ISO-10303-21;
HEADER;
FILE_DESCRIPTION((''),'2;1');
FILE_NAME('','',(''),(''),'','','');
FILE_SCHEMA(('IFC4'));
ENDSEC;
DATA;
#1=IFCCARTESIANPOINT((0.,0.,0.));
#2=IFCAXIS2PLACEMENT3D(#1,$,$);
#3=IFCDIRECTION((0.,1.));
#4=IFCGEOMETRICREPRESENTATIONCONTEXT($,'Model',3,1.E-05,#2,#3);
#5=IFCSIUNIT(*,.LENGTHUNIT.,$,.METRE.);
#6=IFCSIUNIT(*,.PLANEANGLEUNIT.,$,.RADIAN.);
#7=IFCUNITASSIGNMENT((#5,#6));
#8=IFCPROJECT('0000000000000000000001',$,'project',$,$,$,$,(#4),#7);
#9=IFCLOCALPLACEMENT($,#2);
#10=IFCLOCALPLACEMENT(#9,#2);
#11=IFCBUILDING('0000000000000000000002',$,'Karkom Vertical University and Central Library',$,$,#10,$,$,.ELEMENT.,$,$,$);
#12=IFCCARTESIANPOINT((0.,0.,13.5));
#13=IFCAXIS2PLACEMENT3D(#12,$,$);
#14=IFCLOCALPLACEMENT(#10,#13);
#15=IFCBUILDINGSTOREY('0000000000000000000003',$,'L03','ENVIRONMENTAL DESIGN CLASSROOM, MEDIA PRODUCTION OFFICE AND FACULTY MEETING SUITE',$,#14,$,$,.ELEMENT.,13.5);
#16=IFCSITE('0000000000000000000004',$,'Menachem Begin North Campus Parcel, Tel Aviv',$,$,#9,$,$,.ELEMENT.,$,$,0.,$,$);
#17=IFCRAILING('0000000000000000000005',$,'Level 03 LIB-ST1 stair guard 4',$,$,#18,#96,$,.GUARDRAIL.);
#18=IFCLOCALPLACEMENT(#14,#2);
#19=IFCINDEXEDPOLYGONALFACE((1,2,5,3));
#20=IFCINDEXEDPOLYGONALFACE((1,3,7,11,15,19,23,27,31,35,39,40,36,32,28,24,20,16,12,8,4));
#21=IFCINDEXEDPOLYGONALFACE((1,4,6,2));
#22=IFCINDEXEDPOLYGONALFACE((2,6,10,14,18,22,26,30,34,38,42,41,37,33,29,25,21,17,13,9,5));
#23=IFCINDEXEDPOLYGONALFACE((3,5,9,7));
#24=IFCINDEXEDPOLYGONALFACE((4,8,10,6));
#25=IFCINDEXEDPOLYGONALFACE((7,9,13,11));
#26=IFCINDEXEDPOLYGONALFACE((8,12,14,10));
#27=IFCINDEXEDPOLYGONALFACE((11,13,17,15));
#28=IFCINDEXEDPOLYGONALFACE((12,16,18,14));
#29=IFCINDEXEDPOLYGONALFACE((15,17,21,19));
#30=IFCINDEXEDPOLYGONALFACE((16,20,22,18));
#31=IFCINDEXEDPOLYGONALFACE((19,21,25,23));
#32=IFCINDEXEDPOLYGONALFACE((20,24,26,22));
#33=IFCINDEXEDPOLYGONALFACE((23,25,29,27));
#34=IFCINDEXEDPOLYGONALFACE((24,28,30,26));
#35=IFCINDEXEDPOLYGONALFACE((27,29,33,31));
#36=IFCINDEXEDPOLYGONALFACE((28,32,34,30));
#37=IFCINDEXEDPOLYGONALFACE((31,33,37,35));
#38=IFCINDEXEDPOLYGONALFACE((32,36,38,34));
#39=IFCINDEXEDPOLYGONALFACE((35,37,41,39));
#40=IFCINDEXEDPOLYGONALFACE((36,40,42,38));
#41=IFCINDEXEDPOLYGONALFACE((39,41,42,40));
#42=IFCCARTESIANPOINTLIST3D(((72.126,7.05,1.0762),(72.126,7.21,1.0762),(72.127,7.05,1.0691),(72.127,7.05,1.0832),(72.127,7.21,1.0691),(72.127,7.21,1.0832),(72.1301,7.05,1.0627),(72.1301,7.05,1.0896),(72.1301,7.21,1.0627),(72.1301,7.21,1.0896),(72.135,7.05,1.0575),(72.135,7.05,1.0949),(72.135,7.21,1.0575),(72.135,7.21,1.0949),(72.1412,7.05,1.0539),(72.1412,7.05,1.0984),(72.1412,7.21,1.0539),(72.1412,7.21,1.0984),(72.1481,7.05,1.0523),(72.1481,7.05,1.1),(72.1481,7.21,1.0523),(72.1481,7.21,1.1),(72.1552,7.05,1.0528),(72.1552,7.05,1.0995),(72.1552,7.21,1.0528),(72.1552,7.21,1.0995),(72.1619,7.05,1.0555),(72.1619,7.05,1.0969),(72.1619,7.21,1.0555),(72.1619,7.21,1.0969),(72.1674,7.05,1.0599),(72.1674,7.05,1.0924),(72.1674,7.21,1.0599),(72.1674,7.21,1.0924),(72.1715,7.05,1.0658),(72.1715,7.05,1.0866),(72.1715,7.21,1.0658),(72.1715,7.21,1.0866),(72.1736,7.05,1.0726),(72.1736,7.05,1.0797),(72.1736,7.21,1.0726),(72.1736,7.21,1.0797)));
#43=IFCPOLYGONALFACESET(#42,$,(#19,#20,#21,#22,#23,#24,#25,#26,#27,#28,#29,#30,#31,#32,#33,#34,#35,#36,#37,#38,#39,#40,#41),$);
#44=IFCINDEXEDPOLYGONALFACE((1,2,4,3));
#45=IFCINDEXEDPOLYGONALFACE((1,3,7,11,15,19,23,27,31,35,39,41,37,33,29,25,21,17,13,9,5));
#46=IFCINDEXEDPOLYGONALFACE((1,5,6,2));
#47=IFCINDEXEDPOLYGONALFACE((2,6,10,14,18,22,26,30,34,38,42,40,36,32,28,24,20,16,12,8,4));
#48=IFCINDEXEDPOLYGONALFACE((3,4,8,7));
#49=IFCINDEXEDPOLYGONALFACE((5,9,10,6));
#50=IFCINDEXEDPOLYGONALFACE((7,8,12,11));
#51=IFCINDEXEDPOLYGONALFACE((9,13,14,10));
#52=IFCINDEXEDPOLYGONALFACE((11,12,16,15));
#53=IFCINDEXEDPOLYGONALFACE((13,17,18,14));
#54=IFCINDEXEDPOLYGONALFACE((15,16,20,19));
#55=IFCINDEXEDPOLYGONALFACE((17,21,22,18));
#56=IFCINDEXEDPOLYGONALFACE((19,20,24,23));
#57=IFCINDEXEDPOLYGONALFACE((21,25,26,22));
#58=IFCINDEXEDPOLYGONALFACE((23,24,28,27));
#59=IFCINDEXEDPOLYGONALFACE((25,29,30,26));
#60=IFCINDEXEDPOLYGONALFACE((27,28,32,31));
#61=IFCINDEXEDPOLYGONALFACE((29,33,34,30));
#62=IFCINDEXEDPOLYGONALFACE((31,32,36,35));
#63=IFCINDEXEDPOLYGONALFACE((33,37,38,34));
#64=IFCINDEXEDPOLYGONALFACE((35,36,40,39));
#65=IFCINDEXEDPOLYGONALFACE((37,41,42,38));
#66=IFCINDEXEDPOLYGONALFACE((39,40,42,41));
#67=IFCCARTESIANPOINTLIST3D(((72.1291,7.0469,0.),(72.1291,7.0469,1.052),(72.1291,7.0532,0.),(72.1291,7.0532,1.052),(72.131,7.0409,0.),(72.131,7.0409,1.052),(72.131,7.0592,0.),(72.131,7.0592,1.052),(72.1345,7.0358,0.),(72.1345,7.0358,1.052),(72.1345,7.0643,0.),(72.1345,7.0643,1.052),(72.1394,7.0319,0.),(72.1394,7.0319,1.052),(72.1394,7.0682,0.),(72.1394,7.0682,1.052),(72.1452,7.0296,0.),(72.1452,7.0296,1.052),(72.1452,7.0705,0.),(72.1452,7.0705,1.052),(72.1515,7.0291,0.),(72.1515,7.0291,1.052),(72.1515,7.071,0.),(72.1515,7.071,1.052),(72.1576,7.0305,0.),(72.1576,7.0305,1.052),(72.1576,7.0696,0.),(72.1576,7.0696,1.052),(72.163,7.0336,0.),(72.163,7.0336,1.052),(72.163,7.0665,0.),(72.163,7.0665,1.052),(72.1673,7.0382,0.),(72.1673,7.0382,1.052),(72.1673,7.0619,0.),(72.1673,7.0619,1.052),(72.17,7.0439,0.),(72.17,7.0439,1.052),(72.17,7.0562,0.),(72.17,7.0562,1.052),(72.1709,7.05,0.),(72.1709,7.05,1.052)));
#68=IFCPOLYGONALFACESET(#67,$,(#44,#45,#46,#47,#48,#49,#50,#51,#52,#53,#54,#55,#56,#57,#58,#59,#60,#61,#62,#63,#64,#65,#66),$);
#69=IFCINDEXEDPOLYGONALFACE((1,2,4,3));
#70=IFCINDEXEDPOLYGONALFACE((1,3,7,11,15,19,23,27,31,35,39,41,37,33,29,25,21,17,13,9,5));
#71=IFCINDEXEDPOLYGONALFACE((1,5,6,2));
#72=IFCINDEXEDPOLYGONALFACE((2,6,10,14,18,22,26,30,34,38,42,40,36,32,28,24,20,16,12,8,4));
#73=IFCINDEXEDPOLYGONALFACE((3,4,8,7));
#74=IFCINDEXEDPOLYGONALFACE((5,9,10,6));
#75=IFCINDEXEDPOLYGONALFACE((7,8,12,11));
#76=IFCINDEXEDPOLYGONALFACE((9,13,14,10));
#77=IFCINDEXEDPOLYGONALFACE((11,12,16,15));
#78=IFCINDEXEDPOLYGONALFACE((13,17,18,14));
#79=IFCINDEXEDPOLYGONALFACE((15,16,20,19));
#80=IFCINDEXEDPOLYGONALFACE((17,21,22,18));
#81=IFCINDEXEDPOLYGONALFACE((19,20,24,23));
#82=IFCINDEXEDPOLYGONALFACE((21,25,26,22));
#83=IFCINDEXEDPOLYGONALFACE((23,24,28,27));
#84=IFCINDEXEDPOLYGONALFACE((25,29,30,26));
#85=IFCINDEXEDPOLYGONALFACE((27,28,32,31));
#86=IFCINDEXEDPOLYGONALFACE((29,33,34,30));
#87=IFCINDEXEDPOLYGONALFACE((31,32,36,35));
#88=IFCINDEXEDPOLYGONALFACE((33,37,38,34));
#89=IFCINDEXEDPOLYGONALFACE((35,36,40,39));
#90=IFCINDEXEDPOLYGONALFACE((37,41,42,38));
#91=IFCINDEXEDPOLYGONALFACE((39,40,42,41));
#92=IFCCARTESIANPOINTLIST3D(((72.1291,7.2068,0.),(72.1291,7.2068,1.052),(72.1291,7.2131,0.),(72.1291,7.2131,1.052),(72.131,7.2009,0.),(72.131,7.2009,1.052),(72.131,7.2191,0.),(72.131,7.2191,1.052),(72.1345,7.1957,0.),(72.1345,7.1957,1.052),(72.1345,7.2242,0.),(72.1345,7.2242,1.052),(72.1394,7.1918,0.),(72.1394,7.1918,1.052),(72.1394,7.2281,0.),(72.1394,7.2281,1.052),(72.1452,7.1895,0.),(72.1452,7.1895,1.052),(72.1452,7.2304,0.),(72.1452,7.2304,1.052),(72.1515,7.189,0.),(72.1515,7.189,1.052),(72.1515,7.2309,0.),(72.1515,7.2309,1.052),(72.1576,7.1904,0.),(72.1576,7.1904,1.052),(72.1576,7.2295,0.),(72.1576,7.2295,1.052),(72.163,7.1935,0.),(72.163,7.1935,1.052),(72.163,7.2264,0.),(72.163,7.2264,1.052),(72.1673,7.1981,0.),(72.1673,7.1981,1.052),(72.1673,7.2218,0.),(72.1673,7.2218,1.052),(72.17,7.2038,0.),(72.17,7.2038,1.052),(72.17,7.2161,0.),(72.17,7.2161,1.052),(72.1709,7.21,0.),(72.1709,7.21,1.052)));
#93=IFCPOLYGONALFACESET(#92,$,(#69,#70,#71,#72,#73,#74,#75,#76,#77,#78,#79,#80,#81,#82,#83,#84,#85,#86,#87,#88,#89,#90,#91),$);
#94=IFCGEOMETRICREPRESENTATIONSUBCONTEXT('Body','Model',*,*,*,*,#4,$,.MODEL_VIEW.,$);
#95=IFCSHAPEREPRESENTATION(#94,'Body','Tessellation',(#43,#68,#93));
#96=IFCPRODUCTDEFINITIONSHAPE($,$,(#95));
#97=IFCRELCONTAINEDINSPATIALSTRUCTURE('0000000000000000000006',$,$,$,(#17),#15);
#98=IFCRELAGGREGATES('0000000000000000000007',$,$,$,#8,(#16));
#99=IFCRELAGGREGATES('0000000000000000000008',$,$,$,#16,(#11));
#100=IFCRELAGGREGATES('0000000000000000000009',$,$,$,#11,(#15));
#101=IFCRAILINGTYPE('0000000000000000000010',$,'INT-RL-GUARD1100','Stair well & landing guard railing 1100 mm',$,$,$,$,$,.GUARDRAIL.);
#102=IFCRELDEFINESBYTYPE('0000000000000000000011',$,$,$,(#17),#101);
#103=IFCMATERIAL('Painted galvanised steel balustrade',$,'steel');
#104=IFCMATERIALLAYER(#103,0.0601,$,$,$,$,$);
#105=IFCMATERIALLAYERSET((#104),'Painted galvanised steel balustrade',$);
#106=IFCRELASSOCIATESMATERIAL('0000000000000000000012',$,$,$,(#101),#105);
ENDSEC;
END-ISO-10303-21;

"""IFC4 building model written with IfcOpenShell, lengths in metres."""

from ifc_helpers import new_model, si_unit, direction, frame, origin, origin_2d, place, context, subcontext, project, spatial, circle, extrude, material, layer, layer_set, type_object, element, save


model = new_model("IFC4")

# Units and contexts
model_context = context("Model", 3, precision=1e-05, world=origin(), true_north=direction((0.0, 1.0)))
body_context = subcontext(model_context, "Body", "Model", "MODEL_VIEW")
ifc_project = project(units=[si_unit("LENGTHUNIT", "METRE"), si_unit("PLANEANGLEUNIT", "RADIAN")], contexts=[model_context])

# Site, building, storey
site_placement = place(None, origin())
site = spatial("IfcSite", under=ifc_project, at=site_placement, Name="Menachem Begin North Campus Parcel, Tel Aviv", CompositionType="ELEMENT", RefElevation=0.0)
building_placement = place(site_placement, origin())
building = spatial("IfcBuilding", under=site, at=building_placement, Name="Karkom Vertical University and Central Library", CompositionType="ELEMENT")
storey_placement = place(building_placement, frame((0.0, 0.0, 13.5)))
storey = spatial("IfcBuildingStorey", under=building, at=storey_placement, Name="L03", Description="ENVIRONMENTAL DESIGN CLASSROOM, MEDIA PRODUCTION OFFICE AND FACULTY MEETING SUITE", CompositionType="ELEMENT", Elevation=13.5)

# Railing
ifc_material_1 = material(Name="Painted galvanised steel balustrade", Category="steel")
ifc_layer_1 = layer(ifc_material_1, 0.0601)
ifc_layer_set_1 = layer_set([ifc_layer_1], Name="Painted galvanised steel balustrade")
railing_type_1 = type_object("IfcRailingType", Name="INT-RL-GUARD1100", Description="Stair well & landing guard railing 1100 mm", PredefinedType="GUARDRAIL", material=ifc_layer_set_1)
railing_1_placement = place(storey_placement, frame((72.1499, 7.05, 0.0)))
element("IfcRailing", 1, at=railing_1_placement, inside=storey, type_object=railing_type_1, Name="Level 03 LIB-ST1 stair guard 4", PredefinedType="GUARDRAIL", context=body_context, shape_type="SweptSolid", body=[
    extrude(circle(Radius=0.0239, at=origin_2d()), frame((0.0, 0.0, 1.0762), z_axis=(0.0, 1.0, 0.0), x_axis=(-1.0, 0.0, 0.0)), (0.0, 0.0, 1.0), 0.1599),
    extrude(circle(Radius=0.021, at=origin_2d()), origin(), (0.0, 0.0, 1.0), 1.052),
    extrude(circle(Radius=0.021, at=origin_2d()), frame((0.0, 0.1599, 0.0)), (0.0, 0.0, 1.0), 1.052),
])

save(model, "model.ifc")
